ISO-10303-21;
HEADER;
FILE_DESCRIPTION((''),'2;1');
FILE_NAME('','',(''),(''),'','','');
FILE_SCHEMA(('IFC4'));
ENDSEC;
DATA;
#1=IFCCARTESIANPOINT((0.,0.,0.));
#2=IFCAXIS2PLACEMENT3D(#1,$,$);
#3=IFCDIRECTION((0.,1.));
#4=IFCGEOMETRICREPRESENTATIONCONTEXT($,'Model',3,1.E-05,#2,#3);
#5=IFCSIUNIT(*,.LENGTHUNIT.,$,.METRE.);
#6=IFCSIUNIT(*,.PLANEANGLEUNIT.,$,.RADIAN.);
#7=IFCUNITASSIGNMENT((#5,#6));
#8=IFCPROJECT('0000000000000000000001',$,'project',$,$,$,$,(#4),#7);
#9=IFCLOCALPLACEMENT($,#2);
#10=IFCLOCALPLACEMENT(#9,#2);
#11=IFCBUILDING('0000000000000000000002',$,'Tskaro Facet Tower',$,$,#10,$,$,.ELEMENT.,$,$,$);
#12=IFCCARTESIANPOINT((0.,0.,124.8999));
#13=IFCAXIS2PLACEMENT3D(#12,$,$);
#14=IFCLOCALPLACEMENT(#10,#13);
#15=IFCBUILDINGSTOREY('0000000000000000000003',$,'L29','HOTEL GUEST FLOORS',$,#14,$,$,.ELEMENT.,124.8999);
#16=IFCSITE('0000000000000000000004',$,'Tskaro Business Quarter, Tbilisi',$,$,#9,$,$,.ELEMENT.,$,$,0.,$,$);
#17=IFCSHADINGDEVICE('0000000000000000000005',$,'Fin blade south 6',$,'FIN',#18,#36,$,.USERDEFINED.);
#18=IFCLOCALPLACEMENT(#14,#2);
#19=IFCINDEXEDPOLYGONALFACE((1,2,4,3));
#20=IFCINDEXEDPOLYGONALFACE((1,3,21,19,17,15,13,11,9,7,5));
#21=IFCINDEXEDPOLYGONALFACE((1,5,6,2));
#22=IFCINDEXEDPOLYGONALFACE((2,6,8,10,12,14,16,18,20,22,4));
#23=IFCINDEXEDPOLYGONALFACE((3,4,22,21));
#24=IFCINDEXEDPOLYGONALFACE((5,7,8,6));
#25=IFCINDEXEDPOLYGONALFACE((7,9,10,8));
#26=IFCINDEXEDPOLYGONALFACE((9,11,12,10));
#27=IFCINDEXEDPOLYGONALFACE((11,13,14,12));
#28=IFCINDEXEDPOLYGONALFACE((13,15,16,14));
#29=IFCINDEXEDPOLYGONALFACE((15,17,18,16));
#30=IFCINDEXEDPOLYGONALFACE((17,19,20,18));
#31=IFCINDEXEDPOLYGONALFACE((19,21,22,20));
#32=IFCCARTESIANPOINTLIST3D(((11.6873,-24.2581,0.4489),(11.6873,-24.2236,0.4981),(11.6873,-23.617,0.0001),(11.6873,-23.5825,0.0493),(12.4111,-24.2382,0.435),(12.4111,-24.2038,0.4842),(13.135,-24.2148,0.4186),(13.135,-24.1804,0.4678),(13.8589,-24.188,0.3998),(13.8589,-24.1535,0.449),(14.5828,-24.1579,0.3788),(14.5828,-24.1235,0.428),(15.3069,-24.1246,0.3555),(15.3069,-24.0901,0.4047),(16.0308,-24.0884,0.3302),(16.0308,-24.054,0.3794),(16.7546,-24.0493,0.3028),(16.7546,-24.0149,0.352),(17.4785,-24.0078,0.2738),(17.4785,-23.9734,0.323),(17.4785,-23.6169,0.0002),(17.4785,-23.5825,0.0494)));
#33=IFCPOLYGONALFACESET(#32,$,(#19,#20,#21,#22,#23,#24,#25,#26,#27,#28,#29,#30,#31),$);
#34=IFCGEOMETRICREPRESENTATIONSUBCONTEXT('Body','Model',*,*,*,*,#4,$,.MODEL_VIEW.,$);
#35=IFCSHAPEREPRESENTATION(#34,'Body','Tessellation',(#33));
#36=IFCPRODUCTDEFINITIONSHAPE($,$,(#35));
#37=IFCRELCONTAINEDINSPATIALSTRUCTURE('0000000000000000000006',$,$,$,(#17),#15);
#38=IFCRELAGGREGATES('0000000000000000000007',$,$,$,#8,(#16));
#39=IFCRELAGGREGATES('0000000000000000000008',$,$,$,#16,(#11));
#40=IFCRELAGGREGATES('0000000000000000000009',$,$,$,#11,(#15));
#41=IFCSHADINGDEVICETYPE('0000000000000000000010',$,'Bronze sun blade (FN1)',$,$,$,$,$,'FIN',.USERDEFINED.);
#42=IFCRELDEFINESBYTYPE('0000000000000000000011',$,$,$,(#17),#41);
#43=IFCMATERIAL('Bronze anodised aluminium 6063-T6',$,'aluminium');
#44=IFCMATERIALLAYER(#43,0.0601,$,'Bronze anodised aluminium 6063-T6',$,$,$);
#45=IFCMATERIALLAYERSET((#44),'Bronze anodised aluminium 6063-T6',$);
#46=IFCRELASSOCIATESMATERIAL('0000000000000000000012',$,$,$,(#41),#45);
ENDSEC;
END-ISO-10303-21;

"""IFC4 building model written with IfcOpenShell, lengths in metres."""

from ifc_helpers import new_model, si_unit, direction, frame, origin, place, context, subcontext, project, spatial, polyline, outline, extrude, material, layer, layer_set, type_object, element, save


model = new_model("IFC4")

# Units and contexts
model_context = context("Model", 3, precision=1e-05, world=origin(), true_north=direction((0.0, 1.0)))
body_context = subcontext(model_context, "Body", "Model", "MODEL_VIEW")
ifc_project = project(units=[si_unit("LENGTHUNIT", "METRE"), si_unit("PLANEANGLEUNIT", "RADIAN")], contexts=[model_context])

# Site, building, storey
site_placement = place(None, origin())
site = spatial("IfcSite", under=ifc_project, at=site_placement, Name="Tskaro Business Quarter, Tbilisi", CompositionType="ELEMENT", RefElevation=0.0)
building_placement = place(site_placement, origin())
building = spatial("IfcBuilding", under=site, at=building_placement, Name="Tskaro Facet Tower", CompositionType="ELEMENT")
storey_placement = place(building_placement, frame((0.0, 0.0, 124.8999)))
storey = spatial("IfcBuildingStorey", under=building, at=storey_placement, Name="L29", Description="HOTEL GUEST FLOORS", CompositionType="ELEMENT", Elevation=124.8999)

# Shared definitions
ifc_material_1 = material(Name="Bronze anodised aluminium 6063-T6", Category="aluminium")

# Shading device
ifc_layer_1 = layer(ifc_material_1, 0.0601, Name="Bronze anodised aluminium 6063-T6")
ifc_layer_set_1 = layer_set([ifc_layer_1], Name="Bronze anodised aluminium 6063-T6")
shading_device_type = type_object("IfcShadingDeviceType", Name="Bronze sun blade (FN1)", ElementType="FIN", PredefinedType="USERDEFINED", material=ifc_layer_set_1)
shading_device_1_placement = place(storey_placement, frame((11.6873, -23.5825, 0.0493), z_axis=(-0.000009, 0.573464, 0.819231), x_axis=(1.0, 0.000005, 0.000008)))
element("IfcShadingDevice", 1, at=shading_device_1_placement, inside=storey, type_object=shading_device_type, Name="Fin blade south 6", ObjectType="FIN", PredefinedType="USERDEFINED", context=body_context, shape_type="SweptSolid", body=[
    extrude(outline(polyline([(0.0, 0.0), (5.7913, 0.0), (5.7913, -0.4772), (5.0674, -0.5278), (4.3435, -0.5755), (3.6196, -0.6197), (2.8955, -0.6604), (2.1716, -0.697), (1.4478, -0.7298), (0.7239, -0.7584), (0.0, -0.7826), (0.0, 0.0)])), origin(), (0.0, 0.0, -1.0), 0.0601),
])

save(model, "model.ifc")
